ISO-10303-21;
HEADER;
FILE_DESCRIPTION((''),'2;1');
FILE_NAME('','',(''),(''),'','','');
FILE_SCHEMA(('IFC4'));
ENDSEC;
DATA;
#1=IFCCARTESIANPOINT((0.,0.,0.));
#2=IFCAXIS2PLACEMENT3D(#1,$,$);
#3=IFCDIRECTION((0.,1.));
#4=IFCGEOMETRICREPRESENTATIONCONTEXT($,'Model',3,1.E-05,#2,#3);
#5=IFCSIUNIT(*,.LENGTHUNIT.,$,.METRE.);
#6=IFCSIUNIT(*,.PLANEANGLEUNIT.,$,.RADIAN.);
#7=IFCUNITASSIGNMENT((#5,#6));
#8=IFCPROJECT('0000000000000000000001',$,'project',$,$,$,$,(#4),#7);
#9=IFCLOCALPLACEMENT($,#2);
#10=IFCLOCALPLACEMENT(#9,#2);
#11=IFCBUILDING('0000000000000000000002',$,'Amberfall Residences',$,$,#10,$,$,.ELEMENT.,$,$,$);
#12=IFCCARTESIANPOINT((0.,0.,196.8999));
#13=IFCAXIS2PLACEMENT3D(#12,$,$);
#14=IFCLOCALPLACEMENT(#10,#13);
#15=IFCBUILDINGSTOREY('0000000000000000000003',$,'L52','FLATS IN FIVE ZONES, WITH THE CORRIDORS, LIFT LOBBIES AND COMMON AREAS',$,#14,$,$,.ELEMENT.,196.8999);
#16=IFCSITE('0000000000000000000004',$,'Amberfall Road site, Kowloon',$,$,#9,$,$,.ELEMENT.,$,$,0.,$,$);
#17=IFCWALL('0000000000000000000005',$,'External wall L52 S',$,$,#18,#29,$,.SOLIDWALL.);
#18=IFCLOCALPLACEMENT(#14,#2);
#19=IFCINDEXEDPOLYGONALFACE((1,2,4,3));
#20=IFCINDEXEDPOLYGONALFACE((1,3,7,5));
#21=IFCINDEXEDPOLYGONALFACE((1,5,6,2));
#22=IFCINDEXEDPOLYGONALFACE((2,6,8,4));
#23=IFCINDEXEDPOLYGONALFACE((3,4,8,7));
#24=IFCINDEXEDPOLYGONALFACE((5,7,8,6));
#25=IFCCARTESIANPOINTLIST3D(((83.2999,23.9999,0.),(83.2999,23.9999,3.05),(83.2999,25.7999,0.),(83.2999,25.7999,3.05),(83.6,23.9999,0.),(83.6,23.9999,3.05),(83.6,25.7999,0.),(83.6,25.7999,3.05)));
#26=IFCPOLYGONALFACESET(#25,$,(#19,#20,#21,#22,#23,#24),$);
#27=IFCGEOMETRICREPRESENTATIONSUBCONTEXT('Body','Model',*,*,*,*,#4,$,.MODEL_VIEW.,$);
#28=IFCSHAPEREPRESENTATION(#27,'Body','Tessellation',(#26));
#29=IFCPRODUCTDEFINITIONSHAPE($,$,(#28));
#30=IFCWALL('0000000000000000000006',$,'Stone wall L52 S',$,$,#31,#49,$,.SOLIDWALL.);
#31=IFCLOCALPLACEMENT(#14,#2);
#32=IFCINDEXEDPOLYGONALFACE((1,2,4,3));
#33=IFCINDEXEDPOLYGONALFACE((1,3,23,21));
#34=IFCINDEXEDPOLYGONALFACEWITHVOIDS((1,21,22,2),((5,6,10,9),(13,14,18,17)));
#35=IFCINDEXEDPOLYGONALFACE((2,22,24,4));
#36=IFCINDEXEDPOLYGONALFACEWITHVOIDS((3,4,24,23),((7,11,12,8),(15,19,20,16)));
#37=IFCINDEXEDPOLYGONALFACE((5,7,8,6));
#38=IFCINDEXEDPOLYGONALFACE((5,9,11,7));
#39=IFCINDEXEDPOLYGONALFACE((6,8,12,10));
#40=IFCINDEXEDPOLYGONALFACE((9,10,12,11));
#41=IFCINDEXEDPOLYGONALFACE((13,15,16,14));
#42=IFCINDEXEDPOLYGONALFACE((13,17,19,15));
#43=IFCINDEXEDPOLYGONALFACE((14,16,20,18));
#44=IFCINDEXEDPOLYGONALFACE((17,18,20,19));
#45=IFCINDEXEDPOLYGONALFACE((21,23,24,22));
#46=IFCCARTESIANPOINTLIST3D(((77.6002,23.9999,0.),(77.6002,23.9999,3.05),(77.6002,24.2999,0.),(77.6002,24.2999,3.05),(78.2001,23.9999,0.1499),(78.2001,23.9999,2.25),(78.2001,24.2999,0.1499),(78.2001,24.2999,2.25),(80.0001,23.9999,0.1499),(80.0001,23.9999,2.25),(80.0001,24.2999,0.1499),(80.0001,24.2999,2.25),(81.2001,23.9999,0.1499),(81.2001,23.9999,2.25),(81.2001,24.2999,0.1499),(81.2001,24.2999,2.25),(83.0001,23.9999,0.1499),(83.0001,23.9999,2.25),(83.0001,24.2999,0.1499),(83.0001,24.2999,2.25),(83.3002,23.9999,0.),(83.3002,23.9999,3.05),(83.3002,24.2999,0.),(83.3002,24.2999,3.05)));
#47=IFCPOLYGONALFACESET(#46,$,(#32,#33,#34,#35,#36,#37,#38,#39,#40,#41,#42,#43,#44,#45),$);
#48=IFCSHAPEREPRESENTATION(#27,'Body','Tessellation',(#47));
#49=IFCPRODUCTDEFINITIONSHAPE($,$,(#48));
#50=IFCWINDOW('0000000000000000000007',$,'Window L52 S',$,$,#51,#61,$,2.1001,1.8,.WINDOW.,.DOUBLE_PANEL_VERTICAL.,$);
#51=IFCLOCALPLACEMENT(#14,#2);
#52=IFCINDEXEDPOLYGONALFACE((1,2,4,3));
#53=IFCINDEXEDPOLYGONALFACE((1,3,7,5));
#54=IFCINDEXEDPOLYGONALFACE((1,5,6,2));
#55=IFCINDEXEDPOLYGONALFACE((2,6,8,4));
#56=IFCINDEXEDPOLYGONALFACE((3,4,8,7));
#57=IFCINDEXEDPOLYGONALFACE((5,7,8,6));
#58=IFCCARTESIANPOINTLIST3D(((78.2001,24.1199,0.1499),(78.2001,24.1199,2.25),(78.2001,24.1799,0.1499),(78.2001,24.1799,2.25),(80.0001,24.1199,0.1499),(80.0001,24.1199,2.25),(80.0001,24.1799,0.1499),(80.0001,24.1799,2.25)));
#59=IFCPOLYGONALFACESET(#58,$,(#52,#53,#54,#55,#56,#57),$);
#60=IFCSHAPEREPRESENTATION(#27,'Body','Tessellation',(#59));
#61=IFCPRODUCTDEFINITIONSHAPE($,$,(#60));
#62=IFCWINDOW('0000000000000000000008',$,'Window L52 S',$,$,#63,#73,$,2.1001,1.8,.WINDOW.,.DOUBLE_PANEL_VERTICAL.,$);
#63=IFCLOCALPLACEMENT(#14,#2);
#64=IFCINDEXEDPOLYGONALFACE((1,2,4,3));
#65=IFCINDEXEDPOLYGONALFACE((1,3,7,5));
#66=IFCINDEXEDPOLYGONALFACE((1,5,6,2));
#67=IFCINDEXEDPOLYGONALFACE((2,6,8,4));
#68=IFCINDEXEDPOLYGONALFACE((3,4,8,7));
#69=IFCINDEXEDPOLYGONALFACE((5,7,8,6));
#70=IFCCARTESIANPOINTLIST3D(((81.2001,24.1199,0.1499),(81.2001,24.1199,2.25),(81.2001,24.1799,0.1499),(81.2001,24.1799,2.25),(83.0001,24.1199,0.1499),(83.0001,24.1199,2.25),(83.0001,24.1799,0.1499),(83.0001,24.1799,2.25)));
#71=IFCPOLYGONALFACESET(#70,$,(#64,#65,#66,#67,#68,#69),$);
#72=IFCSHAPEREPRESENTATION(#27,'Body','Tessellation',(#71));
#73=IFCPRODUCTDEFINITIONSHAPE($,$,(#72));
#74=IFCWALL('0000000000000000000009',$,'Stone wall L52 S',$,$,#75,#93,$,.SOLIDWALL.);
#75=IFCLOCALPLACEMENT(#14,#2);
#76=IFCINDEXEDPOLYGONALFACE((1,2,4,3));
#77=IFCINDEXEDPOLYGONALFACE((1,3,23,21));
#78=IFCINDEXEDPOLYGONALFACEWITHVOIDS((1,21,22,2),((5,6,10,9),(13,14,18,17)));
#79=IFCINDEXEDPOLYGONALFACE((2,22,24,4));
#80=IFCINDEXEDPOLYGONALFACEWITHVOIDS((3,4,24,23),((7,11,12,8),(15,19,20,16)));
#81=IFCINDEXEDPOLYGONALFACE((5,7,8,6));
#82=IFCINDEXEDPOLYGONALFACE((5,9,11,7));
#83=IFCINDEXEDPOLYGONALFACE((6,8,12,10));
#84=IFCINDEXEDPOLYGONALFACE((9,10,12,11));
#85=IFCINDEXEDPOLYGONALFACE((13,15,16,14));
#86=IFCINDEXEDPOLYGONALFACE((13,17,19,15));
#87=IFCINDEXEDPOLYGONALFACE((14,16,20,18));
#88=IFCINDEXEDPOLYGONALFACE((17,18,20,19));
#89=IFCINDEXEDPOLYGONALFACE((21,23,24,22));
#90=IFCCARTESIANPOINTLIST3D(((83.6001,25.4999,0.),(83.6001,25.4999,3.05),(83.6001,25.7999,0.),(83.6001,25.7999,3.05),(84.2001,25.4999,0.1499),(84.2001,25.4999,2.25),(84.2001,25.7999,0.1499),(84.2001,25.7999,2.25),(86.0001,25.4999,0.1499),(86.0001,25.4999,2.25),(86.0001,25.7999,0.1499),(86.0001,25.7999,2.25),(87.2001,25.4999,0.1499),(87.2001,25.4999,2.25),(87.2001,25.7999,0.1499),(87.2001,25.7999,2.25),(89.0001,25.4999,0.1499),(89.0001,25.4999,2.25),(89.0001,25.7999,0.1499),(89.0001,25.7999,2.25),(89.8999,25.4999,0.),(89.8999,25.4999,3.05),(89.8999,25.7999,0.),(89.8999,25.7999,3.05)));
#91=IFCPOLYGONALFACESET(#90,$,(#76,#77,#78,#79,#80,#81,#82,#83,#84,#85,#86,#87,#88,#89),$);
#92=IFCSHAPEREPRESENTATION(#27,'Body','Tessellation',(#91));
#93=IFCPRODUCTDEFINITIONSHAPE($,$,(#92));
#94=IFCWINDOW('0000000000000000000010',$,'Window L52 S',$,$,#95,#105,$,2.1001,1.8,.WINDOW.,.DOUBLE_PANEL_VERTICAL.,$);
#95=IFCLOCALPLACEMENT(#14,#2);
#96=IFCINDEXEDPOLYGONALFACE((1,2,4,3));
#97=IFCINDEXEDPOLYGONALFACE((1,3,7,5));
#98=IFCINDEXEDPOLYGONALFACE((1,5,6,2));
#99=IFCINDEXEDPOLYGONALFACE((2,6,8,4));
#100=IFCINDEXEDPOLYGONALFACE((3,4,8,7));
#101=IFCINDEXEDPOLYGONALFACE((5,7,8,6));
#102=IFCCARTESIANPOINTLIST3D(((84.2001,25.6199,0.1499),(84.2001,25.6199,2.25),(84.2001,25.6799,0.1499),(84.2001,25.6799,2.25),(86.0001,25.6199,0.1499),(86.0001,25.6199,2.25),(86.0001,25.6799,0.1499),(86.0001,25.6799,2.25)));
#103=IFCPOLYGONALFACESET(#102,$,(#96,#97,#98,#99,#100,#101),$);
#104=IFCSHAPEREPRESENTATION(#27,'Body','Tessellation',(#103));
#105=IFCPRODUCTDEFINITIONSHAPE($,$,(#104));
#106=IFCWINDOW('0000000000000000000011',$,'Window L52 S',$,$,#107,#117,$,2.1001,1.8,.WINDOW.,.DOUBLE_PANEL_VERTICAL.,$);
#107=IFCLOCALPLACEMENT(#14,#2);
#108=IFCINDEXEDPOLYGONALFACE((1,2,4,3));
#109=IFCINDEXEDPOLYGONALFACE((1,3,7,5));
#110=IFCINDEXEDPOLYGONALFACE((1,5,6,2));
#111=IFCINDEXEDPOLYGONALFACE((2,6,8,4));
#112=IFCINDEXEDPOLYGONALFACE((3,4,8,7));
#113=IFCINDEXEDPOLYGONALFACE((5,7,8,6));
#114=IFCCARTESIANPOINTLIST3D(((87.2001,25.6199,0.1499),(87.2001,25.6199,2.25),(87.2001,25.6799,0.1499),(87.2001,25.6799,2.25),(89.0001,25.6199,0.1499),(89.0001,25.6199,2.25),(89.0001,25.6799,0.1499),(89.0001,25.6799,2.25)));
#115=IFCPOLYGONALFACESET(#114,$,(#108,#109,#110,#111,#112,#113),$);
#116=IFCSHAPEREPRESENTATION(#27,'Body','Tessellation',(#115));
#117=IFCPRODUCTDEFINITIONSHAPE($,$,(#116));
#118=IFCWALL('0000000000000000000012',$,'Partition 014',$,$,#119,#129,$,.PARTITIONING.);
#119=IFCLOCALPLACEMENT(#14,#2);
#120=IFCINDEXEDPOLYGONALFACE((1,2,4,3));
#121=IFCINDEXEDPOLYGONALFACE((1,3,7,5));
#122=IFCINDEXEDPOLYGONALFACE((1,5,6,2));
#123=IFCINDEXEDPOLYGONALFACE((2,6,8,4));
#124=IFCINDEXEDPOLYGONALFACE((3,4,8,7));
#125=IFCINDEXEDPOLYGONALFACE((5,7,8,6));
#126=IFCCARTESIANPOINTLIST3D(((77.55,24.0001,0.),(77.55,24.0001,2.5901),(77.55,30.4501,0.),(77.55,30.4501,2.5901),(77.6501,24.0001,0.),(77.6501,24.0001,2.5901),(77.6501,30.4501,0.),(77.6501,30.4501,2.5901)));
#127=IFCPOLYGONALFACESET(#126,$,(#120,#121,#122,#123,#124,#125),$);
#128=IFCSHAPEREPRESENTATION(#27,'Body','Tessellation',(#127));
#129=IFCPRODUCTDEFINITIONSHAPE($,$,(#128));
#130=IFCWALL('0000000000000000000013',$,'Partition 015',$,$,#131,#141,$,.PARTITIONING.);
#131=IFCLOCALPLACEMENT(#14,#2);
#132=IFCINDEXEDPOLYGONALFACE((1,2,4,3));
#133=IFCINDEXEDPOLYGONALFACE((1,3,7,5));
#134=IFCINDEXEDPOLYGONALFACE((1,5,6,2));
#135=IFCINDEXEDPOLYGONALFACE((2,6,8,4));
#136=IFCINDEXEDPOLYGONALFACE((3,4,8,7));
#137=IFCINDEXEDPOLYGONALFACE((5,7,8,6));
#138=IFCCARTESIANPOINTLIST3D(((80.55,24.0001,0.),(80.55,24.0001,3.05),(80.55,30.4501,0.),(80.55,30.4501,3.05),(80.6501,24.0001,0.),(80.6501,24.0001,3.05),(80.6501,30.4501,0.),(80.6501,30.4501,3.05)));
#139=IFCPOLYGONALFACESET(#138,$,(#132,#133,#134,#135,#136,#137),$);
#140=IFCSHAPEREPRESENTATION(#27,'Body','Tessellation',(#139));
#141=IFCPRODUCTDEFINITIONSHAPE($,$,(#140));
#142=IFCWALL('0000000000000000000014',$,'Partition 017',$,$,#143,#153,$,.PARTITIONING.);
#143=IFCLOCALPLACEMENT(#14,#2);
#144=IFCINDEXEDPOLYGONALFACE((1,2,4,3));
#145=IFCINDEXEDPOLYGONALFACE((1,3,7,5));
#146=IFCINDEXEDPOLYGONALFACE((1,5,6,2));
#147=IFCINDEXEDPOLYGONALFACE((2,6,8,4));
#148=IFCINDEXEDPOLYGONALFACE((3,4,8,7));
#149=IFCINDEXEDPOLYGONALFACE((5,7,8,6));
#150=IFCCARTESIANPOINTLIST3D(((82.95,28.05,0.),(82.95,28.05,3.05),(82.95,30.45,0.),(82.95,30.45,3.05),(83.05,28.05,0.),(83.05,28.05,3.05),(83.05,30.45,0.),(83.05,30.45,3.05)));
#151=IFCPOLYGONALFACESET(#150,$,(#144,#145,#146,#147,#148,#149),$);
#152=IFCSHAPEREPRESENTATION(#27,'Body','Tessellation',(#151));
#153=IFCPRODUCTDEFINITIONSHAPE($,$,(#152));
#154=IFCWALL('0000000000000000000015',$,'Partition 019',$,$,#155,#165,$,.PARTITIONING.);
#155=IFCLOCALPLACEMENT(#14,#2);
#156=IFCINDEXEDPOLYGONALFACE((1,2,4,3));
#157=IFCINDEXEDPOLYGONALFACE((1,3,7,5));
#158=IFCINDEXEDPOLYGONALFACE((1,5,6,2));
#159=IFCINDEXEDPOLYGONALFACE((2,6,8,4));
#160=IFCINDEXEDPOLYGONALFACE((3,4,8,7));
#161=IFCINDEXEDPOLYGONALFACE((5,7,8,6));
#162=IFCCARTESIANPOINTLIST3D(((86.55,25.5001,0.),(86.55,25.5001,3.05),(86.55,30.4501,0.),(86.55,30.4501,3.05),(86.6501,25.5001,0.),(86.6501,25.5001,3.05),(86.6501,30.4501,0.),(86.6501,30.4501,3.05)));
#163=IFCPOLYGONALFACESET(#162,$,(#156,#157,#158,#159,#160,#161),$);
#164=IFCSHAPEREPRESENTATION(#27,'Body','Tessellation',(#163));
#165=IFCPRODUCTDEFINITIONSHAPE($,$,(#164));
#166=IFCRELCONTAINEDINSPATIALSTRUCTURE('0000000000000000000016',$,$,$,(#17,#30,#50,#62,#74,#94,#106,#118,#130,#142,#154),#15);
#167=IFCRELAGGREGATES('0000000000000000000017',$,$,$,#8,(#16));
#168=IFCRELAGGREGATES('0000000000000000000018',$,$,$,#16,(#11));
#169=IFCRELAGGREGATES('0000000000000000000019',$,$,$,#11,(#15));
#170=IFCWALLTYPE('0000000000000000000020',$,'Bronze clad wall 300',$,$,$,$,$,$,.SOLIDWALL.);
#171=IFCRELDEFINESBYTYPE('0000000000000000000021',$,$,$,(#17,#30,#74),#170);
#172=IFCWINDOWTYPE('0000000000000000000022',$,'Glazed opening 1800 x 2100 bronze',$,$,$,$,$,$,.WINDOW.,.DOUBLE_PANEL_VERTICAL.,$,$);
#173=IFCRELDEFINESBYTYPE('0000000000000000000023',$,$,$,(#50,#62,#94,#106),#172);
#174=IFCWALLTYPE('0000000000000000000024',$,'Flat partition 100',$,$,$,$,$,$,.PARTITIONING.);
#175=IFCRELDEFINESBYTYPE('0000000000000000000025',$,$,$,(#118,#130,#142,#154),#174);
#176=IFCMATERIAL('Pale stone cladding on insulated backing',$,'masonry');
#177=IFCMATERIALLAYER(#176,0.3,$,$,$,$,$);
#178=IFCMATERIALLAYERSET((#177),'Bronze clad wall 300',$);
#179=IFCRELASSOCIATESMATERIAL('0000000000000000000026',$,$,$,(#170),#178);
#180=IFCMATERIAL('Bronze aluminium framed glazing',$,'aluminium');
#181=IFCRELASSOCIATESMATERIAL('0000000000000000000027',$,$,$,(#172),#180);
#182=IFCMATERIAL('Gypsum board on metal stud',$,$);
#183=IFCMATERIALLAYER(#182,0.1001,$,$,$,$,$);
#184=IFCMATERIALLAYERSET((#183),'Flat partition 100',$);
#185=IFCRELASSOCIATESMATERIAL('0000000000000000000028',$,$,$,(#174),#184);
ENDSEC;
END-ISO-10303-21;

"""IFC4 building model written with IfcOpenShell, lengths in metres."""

from ifc_helpers import new_model, si_unit, direction, frame, frame_2d, origin, place, context, subcontext, project, spatial, rectangle, extrude, material, layer, layer_set, type_object, element, fill, save


model = new_model("IFC4")

# Units and contexts
model_context = context("Model", 3, precision=1e-05, world=origin(), true_north=direction((0.0, 1.0)))
body_context = subcontext(model_context, "Body", "Model", "MODEL_VIEW")
ifc_project = project(units=[si_unit("LENGTHUNIT", "METRE"), si_unit("PLANEANGLEUNIT", "RADIAN")], contexts=[model_context])

# Site, building, storey
site_placement = place(None, origin())
site = spatial("IfcSite", under=ifc_project, at=site_placement, Name="Amberfall Road site, Kowloon", CompositionType="ELEMENT", RefElevation=0.0)
building_placement = place(site_placement, origin())
building = spatial("IfcBuilding", under=site, at=building_placement, Name="Amberfall Residences", CompositionType="ELEMENT")
storey_placement = place(building_placement, frame((0.0, 0.0, 196.8999)))
storey = spatial("IfcBuildingStorey", under=building, at=storey_placement, Name="L52", Description="FLATS IN FIVE ZONES, WITH THE CORRIDORS, LIFT LOBBIES AND COMMON AREAS", CompositionType="ELEMENT", Elevation=196.8999)

# Wall
ifc_material_1 = material(Name="Pale stone cladding on insulated backing", Category="masonry")
ifc_layer_1 = layer(ifc_material_1, 0.3)
ifc_layer_set_1 = layer_set([ifc_layer_1], Name="Bronze clad wall 300")
wall_type_1 = type_object("IfcWallType", Name="Bronze clad wall 300", PredefinedType="SOLIDWALL", material=ifc_layer_set_1)
for number, where, z_axis, x_axis, name in (
    (1, (83.45, 24.0, 0.0), (0.0, 0.0, 1.0), (0.0, 1.0, 0.0), "External wall L52 S"),
):
    element("IfcWall", number, at=place(storey_placement, frame(where, z_axis=z_axis, x_axis=x_axis)), inside=storey, type_object=wall_type_1, Name=name, PredefinedType="SOLIDWALL", context=body_context, shape_type="SweptSolid", body=[
        extrude(rectangle(XDim=1.8, YDim=0.3, at=frame_2d((0.8999, 0.0))), origin(), (0.0, 0.0, 1.0), 3.05),
    ])

# Walls, openings, windows
wall_1_placement = place(storey_placement, frame((77.6001, 24.1499, 0.0), z_axis=(0.0, 0.0, 1.0), x_axis=(1.0, 0.0, 0.0)))
wall_1 = element("IfcWall", 2, at=wall_1_placement, inside=storey, type_object=wall_type_1, Name="Stone wall L52 S", PredefinedType="SOLIDWALL", context=body_context, shape_type="SweptSolid", body=[
    extrude(rectangle(XDim=5.7, YDim=0.3, at=frame_2d((2.8501, 0.0))), origin(), (0.0, 0.0, 1.0), 3.05),
])
opening_1_placement = place(wall_1_placement, frame((0.6001, 0.0, 0.1499)))
opening_1 = element("IfcOpeningElement", 3, at=opening_1_placement, cuts=wall_1, PredefinedType="OPENING", context=body_context, shape_type="SweptSolid", body=[
    extrude(rectangle(XDim=1.8, YDim=2.1001, at=frame_2d((0.8999, 1.05))), frame((0.0, 0.1599, 0.0), z_axis=(0.0, -1.0, 0.0), x_axis=(1.0, 0.0, 0.0)), (0.0, 0.0, 1.0), 0.3201),
])
opening_2_placement = place(wall_1_placement, frame((3.6001, 0.0, 0.1499)))
opening_2 = element("IfcOpeningElement", 4, at=opening_2_placement, cuts=wall_1, PredefinedType="OPENING", context=body_context, shape_type="SweptSolid", body=[
    extrude(rectangle(XDim=1.8, YDim=2.1001, at=frame_2d((0.8999, 1.05))), frame((0.0, 0.1599, 0.0), z_axis=(0.0, -1.0, 0.0), x_axis=(1.0, 0.0, 0.0)), (0.0, 0.0, 1.0), 0.3201),
])
ifc_material_2 = material(Name="Bronze aluminium framed glazing", Category="aluminium")
window_type = type_object("IfcWindowType", Name="Glazed opening 1800 x 2100 bronze", PartitioningType="DOUBLE_PANEL_VERTICAL", PredefinedType="WINDOW", material=ifc_material_2)
window_1_placement = place(opening_1_placement, origin())
window_1 = element("IfcWindow", 5, at=window_1_placement, inside=storey, type_object=window_type, Name="Window L52 S", OverallHeight=2.1001, OverallWidth=1.8, PartitioningType="DOUBLE_PANEL_VERTICAL", PredefinedType="WINDOW", context=body_context, shape_type="SweptSolid", body=[
    extrude(rectangle(XDim=1.8, YDim=2.1001, at=frame_2d((0.8999, 1.05))), frame((0.0, 0.03, 0.0), z_axis=(0.0, -1.0, 0.0), x_axis=(1.0, 0.0, 0.0)), (0.0, 0.0, 1.0), 0.0601),
])
fill(opening_1, window_1)
window_2_placement = place(opening_2_placement, origin())
window_2 = element("IfcWindow", 6, at=window_2_placement, inside=storey, type_object=window_type, Name="Window L52 S", OverallHeight=2.1001, OverallWidth=1.8, PartitioningType="DOUBLE_PANEL_VERTICAL", PredefinedType="WINDOW", context=body_context, shape_type="SweptSolid", body=[
    extrude(rectangle(XDim=1.8, YDim=2.1001, at=frame_2d((0.8999, 1.05))), frame((0.0, 0.03, 0.0), z_axis=(0.0, -1.0, 0.0), x_axis=(1.0, 0.0, 0.0)), (0.0, 0.0, 1.0), 0.0601),
])
fill(opening_2, window_2)
wall_2_placement = place(storey_placement, frame((83.6001, 25.6499, 0.0), z_axis=(0.0, 0.0, 1.0), x_axis=(1.0, 0.0, 0.0)))
wall_2 = element("IfcWall", 7, at=wall_2_placement, inside=storey, type_object=wall_type_1, Name="Stone wall L52 S", PredefinedType="SOLIDWALL", context=body_context, shape_type="SweptSolid", body=[
    extrude(rectangle(XDim=6.2998, YDim=0.3, at=frame_2d((3.1499, 0.0))), origin(), (0.0, 0.0, 1.0), 3.05),
])
opening_3_placement = place(wall_2_placement, frame((0.6001, 0.0, 0.1499)))
opening_3 = element("IfcOpeningElement", 8, at=opening_3_placement, cuts=wall_2, PredefinedType="OPENING", context=body_context, shape_type="SweptSolid", body=[
    extrude(rectangle(XDim=1.8, YDim=2.1001, at=frame_2d((0.8999, 1.05))), frame((0.0, 0.1599, 0.0), z_axis=(0.0, -1.0, 0.0), x_axis=(1.0, 0.0, 0.0)), (0.0, 0.0, 1.0), 0.3201),
])
opening_4_placement = place(wall_2_placement, frame((3.6001, 0.0, 0.1499)))
opening_4 = element("IfcOpeningElement", 9, at=opening_4_placement, cuts=wall_2, PredefinedType="OPENING", context=body_context, shape_type="SweptSolid", body=[
    extrude(rectangle(XDim=1.8, YDim=2.1001, at=frame_2d((0.8999, 1.05))), frame((0.0, 0.1599, 0.0), z_axis=(0.0, -1.0, 0.0), x_axis=(1.0, 0.0, 0.0)), (0.0, 0.0, 1.0), 0.3201),
])
window_3_placement = place(opening_3_placement, origin())
window_3 = element("IfcWindow", 10, at=window_3_placement, inside=storey, type_object=window_type, Name="Window L52 S", OverallHeight=2.1001, OverallWidth=1.8, PartitioningType="DOUBLE_PANEL_VERTICAL", PredefinedType="WINDOW", context=body_context, shape_type="SweptSolid", body=[
    extrude(rectangle(XDim=1.8, YDim=2.1001, at=frame_2d((0.8999, 1.05))), frame((0.0, 0.03, 0.0), z_axis=(0.0, -1.0, 0.0), x_axis=(1.0, 0.0, 0.0)), (0.0, 0.0, 1.0), 0.0601),
])
fill(opening_3, window_3)
window_4_placement = place(opening_4_placement, origin())
window_4 = element("IfcWindow", 11, at=window_4_placement, inside=storey, type_object=window_type, Name="Window L52 S", OverallHeight=2.1001, OverallWidth=1.8, PartitioningType="DOUBLE_PANEL_VERTICAL", PredefinedType="WINDOW", context=body_context, shape_type="SweptSolid", body=[
    extrude(rectangle(XDim=1.8, YDim=2.1001, at=frame_2d((0.8999, 1.05))), frame((0.0, 0.03, 0.0), z_axis=(0.0, -1.0, 0.0), x_axis=(1.0, 0.0, 0.0)), (0.0, 0.0, 1.0), 0.0601),
])
fill(opening_4, window_4)

# Walls
ifc_material_3 = material(Name="Gypsum board on metal stud")
ifc_layer_2 = layer(ifc_material_3, 0.1001)
ifc_layer_set_2 = layer_set([ifc_layer_2], Name="Flat partition 100")
wall_type_2 = type_object("IfcWallType", Name="Flat partition 100", PredefinedType="PARTITIONING", material=ifc_layer_set_2)
wall_3_placement = place(storey_placement, frame((77.6001, 24.0, 0.0), z_axis=(0.0, 0.0, 1.0), x_axis=(0.0, 1.0, 0.0)))
element("IfcWall", 12, at=wall_3_placement, inside=storey, type_object=wall_type_2, Name="Partition 014", PredefinedType="PARTITIONING", context=body_context, shape_type="SweptSolid", body=[
    extrude(rectangle(XDim=6.45, YDim=0.1001, at=frame_2d((3.2251, 0.0))), origin(), (0.0, 0.0, 1.0), 2.5901),
])
wall_4_placement = place(storey_placement, frame((80.6001, 24.0, 0.0), z_axis=(0.0, 0.0, 1.0), x_axis=(0.0, 1.0, 0.0)))
element("IfcWall", 13, at=wall_4_placement, inside=storey, type_object=wall_type_2, Name="Partition 015", PredefinedType="PARTITIONING", context=body_context, shape_type="SweptSolid", body=[
    extrude(rectangle(XDim=6.45, YDim=0.1001, at=frame_2d((3.2251, 0.0))), origin(), (0.0, 0.0, 1.0), 3.05),
])
wall_5_placement = place(storey_placement, frame((83.0, 28.05, 0.0), z_axis=(0.0, 0.0, 1.0), x_axis=(0.0, 1.0, 0.0)))
element("IfcWall", 14, at=wall_5_placement, inside=storey, type_object=wall_type_2, Name="Partition 017", PredefinedType="PARTITIONING", context=body_context, shape_type="SweptSolid", body=[
    extrude(rectangle(XDim=2.3999, YDim=0.1001, at=frame_2d((1.2, 0.0))), origin(), (0.0, 0.0, 1.0), 3.05),
])
wall_6_placement = place(storey_placement, frame((86.6001, 25.5, 0.0), z_axis=(0.0, 0.0, 1.0), x_axis=(0.0, 1.0, 0.0)))
element("IfcWall", 15, at=wall_6_placement, inside=storey, type_object=wall_type_2, Name="Partition 019", PredefinedType="PARTITIONING", context=body_context, shape_type="SweptSolid", body=[
    extrude(rectangle(XDim=4.95, YDim=0.1001, at=frame_2d((2.4751, 0.0))), origin(), (0.0, 0.0, 1.0), 3.05),
])

save(model, "model.ifc")
